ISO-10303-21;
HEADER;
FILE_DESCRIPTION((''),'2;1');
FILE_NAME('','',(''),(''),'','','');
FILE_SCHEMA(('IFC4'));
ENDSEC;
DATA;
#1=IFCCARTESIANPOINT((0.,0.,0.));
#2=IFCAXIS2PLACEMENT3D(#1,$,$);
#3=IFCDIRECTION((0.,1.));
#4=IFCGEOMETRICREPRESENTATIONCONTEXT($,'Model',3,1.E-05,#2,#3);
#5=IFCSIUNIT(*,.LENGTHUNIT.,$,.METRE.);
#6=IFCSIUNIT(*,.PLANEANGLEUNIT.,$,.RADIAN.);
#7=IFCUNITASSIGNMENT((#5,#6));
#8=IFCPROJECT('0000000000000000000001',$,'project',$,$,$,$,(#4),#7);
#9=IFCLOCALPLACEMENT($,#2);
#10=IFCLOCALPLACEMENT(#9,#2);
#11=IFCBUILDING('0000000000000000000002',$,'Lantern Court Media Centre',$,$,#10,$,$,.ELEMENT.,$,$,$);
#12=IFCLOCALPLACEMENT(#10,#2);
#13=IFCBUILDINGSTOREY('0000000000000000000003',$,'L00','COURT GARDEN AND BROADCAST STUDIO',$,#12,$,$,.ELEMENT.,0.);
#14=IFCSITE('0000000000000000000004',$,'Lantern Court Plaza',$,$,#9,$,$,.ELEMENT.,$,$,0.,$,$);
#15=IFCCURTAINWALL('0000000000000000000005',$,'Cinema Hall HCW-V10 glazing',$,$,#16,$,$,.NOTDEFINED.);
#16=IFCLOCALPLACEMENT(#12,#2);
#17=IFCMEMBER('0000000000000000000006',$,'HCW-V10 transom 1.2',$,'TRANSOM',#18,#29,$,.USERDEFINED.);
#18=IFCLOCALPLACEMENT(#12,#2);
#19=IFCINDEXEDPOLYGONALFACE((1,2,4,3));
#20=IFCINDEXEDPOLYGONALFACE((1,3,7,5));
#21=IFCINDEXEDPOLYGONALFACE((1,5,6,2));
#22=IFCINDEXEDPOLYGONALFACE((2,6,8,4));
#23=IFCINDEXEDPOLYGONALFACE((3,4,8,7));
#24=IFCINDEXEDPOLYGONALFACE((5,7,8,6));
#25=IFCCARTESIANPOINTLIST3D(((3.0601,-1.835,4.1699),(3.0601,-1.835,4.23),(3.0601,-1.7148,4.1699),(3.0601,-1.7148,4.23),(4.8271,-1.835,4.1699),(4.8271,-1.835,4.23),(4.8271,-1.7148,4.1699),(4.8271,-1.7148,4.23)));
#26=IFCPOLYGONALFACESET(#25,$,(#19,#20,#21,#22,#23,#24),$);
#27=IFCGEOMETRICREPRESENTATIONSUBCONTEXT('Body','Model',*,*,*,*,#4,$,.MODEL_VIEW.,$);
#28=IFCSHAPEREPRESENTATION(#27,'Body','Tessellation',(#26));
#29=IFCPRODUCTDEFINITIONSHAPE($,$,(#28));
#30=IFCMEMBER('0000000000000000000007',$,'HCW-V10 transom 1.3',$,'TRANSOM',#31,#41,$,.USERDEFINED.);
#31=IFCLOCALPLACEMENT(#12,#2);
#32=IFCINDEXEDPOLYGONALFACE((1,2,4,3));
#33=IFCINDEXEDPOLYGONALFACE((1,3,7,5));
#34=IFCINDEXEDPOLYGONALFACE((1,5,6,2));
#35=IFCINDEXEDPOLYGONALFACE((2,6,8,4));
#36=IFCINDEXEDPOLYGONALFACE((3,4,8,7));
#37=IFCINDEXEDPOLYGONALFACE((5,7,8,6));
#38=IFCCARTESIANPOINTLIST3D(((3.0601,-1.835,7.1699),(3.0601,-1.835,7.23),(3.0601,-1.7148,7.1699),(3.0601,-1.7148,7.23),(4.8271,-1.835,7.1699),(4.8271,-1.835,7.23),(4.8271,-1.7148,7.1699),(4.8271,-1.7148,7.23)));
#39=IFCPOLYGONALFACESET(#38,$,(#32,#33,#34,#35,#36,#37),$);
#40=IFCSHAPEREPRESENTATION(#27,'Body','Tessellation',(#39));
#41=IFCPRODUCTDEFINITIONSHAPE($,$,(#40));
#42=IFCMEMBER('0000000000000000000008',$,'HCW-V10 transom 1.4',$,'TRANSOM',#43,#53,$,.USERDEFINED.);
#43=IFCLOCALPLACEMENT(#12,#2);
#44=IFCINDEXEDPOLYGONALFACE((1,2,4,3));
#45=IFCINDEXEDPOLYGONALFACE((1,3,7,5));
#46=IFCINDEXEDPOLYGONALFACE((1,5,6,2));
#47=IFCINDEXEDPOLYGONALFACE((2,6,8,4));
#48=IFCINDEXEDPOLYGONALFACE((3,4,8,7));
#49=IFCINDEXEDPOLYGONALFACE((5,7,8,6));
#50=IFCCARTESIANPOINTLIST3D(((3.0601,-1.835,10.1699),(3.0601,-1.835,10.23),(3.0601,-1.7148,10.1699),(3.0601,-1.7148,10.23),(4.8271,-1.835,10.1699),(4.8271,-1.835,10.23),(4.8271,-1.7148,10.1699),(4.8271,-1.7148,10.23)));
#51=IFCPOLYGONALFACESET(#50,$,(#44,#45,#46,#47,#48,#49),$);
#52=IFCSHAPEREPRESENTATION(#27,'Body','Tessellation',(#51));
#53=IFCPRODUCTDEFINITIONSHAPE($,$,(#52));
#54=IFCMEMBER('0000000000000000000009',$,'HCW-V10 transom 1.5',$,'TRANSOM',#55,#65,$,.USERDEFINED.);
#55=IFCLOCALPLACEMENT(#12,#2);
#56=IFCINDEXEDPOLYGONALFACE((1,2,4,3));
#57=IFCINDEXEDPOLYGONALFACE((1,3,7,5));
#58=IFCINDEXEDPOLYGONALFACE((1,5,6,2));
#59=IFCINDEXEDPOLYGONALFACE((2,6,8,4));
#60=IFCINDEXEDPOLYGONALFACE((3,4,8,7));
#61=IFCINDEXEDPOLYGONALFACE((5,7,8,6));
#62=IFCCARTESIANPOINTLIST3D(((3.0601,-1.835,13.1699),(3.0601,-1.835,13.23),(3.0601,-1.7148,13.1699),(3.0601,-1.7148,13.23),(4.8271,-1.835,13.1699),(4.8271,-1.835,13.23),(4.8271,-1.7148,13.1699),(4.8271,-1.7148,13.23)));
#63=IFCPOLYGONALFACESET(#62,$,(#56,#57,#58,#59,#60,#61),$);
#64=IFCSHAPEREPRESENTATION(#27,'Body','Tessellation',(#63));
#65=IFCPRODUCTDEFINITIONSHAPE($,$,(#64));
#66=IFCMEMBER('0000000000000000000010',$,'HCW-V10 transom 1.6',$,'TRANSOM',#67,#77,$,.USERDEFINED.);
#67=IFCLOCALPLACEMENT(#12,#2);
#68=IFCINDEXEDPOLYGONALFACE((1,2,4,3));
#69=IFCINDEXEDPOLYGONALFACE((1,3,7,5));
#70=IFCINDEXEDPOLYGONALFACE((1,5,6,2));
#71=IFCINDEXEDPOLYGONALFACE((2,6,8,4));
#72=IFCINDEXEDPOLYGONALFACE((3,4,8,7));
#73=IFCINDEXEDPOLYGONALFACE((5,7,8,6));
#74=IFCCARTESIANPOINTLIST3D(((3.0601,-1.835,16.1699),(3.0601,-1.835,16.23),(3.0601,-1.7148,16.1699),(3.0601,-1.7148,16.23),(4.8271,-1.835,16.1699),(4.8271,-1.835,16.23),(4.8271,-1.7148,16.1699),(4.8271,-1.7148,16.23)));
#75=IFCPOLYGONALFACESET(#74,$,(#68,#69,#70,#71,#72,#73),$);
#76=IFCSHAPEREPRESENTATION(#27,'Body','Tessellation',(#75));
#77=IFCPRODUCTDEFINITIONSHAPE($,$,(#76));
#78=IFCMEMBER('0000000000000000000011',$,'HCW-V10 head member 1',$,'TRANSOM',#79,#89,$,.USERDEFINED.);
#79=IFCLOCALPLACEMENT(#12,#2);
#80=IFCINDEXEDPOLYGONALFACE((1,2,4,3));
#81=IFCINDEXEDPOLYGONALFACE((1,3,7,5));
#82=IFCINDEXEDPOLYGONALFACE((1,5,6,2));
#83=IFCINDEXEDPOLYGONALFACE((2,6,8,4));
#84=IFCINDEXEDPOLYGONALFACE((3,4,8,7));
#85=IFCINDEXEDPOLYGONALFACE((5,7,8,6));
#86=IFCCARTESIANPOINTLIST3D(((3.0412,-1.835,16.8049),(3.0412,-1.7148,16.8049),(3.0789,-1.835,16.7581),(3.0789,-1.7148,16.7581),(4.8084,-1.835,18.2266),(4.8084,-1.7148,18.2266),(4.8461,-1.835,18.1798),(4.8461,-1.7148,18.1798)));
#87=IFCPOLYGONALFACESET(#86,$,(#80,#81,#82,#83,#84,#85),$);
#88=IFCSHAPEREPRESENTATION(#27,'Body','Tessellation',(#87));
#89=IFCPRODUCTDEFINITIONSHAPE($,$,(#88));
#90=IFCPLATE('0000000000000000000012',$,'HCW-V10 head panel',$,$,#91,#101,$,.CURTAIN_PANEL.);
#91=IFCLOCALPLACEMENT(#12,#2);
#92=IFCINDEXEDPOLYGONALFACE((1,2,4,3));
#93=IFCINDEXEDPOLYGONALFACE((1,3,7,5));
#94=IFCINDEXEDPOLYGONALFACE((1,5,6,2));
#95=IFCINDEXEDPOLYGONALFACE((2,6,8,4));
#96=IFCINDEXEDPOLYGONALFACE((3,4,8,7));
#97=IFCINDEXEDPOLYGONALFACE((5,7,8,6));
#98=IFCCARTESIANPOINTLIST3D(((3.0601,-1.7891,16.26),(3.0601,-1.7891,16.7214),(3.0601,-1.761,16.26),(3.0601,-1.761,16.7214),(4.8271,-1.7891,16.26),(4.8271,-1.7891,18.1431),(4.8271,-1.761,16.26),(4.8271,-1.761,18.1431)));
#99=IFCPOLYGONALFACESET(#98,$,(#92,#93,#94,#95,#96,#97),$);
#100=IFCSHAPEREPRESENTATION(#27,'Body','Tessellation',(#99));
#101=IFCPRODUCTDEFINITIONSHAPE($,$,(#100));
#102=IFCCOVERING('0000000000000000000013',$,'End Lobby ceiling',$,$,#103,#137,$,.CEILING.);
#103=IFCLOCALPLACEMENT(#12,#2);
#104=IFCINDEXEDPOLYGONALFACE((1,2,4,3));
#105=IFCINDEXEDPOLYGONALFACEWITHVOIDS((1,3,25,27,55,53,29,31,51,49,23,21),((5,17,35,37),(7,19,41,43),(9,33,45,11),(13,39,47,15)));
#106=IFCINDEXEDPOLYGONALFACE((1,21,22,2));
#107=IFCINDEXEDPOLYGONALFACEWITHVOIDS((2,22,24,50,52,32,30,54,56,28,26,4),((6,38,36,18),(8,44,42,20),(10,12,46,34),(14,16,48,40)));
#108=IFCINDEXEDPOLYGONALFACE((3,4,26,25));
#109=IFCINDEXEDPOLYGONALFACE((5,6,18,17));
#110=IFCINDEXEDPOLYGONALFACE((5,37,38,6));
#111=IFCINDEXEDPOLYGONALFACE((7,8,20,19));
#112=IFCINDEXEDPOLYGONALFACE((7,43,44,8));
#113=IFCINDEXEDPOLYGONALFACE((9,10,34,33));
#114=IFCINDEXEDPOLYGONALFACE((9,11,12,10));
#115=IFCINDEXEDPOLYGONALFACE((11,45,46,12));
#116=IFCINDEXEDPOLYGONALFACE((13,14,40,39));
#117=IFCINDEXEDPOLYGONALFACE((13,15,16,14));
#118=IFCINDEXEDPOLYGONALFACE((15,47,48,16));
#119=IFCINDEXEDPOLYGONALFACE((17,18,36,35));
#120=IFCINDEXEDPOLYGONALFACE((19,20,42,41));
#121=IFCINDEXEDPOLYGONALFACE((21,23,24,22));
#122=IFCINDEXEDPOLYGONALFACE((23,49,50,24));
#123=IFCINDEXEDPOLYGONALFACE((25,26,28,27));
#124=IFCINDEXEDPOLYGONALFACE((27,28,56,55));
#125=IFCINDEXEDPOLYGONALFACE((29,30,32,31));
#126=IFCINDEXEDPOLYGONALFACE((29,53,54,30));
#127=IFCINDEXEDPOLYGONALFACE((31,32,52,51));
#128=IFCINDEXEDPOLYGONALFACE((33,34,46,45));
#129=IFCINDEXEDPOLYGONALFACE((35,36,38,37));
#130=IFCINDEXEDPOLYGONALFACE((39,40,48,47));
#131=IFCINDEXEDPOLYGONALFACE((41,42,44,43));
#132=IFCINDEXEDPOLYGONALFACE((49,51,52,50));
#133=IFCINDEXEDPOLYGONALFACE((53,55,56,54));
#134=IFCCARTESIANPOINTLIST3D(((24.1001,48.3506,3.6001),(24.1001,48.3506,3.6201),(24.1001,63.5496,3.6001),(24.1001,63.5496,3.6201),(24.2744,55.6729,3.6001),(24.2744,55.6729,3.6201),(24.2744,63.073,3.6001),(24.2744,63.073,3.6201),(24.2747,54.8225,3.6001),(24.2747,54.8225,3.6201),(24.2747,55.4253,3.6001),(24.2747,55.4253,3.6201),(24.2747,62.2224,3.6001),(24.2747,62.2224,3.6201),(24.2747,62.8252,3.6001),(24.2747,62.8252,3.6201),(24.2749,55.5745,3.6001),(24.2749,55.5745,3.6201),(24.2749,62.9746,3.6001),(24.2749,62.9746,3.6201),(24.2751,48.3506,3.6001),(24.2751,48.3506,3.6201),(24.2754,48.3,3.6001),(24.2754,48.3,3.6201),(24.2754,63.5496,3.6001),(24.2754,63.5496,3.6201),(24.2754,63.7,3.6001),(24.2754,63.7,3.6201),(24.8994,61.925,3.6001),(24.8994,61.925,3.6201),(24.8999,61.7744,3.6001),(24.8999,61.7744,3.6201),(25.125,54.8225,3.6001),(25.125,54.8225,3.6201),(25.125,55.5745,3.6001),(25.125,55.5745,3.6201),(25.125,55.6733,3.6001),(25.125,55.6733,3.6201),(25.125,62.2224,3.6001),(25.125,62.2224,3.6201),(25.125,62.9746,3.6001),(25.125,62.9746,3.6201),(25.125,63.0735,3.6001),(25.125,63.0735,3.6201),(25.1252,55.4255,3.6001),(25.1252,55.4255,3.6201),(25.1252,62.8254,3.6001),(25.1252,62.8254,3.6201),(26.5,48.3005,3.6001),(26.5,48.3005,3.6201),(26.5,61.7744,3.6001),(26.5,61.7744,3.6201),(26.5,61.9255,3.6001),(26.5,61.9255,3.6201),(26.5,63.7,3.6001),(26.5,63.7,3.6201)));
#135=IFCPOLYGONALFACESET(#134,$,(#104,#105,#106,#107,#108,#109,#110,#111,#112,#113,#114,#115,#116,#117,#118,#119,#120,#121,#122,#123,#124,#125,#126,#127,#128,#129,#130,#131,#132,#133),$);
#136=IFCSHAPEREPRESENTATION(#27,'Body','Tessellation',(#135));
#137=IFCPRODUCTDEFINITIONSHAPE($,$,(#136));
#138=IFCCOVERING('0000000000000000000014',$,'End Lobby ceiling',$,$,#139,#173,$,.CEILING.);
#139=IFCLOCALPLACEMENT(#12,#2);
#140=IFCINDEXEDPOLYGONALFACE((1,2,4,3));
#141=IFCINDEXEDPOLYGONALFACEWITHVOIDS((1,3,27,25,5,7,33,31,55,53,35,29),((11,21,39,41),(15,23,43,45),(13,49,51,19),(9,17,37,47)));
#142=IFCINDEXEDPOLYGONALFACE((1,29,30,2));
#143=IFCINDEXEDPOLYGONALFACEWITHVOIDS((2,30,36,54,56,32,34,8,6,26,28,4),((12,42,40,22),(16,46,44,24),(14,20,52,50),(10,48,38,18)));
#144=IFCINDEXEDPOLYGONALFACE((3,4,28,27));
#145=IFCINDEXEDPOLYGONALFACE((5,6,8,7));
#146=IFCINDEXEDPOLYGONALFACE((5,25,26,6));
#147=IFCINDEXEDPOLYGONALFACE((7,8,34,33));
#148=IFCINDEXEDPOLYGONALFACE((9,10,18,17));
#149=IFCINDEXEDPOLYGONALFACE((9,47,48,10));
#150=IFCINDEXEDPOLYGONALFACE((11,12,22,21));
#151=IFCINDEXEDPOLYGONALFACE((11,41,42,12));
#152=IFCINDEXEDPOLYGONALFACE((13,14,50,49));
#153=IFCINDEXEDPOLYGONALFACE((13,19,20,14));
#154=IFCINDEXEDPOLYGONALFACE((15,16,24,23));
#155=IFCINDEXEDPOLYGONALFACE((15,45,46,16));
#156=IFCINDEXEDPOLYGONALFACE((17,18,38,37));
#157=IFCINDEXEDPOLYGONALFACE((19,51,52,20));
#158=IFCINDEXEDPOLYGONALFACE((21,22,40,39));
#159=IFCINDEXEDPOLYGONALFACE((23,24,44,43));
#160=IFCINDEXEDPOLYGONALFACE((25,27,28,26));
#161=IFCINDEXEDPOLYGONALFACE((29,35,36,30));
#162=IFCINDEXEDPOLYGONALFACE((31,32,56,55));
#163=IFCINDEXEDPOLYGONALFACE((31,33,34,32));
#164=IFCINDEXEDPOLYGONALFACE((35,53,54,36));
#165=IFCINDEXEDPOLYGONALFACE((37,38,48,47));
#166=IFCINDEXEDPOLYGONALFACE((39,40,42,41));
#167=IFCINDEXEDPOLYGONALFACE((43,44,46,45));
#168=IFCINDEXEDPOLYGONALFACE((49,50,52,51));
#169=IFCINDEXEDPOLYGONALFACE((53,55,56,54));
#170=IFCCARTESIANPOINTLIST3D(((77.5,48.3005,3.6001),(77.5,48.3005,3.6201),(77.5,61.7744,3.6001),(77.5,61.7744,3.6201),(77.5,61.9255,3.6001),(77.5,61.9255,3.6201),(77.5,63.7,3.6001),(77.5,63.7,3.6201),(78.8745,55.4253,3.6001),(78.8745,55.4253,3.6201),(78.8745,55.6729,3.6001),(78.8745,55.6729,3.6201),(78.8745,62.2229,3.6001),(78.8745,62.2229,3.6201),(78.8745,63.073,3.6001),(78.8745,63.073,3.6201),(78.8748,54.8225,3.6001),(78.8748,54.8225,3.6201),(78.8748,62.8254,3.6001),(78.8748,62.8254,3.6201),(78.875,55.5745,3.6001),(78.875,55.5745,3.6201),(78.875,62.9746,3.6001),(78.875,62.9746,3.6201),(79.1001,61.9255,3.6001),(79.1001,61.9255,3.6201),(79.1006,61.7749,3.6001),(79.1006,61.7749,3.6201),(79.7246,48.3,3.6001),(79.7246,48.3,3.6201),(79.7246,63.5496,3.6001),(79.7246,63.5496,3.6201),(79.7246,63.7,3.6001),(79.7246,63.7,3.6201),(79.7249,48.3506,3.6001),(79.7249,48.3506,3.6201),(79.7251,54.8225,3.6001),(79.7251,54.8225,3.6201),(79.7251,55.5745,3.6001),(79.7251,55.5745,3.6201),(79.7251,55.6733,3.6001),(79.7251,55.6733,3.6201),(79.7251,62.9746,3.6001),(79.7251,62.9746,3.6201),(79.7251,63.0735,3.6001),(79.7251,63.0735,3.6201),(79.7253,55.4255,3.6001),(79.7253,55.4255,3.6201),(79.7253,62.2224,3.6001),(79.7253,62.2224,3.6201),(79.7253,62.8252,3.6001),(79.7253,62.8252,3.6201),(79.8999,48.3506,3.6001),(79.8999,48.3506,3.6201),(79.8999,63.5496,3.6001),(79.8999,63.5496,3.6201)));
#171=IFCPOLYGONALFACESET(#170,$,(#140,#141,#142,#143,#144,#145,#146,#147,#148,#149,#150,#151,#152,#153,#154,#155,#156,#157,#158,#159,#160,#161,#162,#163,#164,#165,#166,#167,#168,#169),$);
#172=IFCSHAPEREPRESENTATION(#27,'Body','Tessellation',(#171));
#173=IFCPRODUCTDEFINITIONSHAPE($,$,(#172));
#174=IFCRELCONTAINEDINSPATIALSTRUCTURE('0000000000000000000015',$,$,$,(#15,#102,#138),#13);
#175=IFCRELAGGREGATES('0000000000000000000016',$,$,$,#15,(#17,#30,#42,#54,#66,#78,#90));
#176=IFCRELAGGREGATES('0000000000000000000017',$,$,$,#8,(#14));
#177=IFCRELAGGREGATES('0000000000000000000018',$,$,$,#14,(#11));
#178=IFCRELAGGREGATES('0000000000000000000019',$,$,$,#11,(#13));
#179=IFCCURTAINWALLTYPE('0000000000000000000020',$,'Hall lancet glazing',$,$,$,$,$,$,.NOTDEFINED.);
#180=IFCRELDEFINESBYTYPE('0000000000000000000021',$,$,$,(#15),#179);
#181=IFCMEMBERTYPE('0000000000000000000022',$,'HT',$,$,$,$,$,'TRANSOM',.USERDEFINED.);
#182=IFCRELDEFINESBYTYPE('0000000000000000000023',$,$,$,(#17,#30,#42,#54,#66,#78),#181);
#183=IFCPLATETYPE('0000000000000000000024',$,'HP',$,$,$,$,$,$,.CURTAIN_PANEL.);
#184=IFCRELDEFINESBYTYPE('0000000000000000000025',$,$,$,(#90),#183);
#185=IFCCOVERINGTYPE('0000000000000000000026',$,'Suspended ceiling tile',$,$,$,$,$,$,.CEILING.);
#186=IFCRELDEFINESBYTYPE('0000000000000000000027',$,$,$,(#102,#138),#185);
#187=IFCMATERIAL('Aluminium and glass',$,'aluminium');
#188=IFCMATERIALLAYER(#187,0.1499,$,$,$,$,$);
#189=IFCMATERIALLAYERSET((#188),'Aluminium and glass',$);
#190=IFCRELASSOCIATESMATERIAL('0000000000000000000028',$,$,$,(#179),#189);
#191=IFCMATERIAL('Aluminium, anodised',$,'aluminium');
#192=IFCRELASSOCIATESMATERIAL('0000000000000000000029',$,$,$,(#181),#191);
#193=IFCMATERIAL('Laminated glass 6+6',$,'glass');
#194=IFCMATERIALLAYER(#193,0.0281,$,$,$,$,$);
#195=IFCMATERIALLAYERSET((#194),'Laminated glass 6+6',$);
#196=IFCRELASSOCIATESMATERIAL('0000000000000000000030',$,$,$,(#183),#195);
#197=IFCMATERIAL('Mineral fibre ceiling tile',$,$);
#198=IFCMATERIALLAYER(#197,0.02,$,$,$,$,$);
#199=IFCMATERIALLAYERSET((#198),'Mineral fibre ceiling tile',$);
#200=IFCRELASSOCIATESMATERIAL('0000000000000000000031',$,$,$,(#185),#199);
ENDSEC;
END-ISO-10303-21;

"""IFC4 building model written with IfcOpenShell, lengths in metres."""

from ifc_helpers import new_model, si_unit, direction, frame, origin, origin_2d, place, context, subcontext, project, spatial, polyline, rectangle, outline, extrude, material, layer, layer_set, material_profile, profile_set, type_object, element, aggregate, save


model = new_model("IFC4")

# Units and contexts
model_context = context("Model", 3, precision=1e-05, world=origin(), true_north=direction((0.0, 1.0)))
body_context = subcontext(model_context, "Body", "Model", "MODEL_VIEW")
ifc_project = project(units=[si_unit("LENGTHUNIT", "METRE"), si_unit("PLANEANGLEUNIT", "RADIAN")], contexts=[model_context])

# Site, building, storey
site_placement = place(None, origin())
site = spatial("IfcSite", under=ifc_project, at=site_placement, Name="Lantern Court Plaza", CompositionType="ELEMENT", RefElevation=0.0)
building_placement = place(site_placement, origin())
building = spatial("IfcBuilding", under=site, at=building_placement, Name="Lantern Court Media Centre", CompositionType="ELEMENT")
storey_placement = place(building_placement, origin())
storey = spatial("IfcBuildingStorey", under=building, at=storey_placement, Name="L00", Description="COURT GARDEN AND BROADCAST STUDIO", CompositionType="ELEMENT", Elevation=0.0)

# Curtain wall, members, plate
ifc_material_1 = material(Name="Aluminium and glass", Category="aluminium")
ifc_layer_1 = layer(ifc_material_1, 0.1499)
ifc_layer_set_1 = layer_set([ifc_layer_1], Name="Aluminium and glass")
curtain_wall_type = type_object("IfcCurtainWallType", Name="Hall lancet glazing", PredefinedType="NOTDEFINED", material=ifc_layer_set_1)
curtain_wall_placement = place(storey_placement, origin())
curtain_wall = element("IfcCurtainWall", 1, at=curtain_wall_placement, inside=storey, type_object=curtain_wall_type, Name="Cinema Hall HCW-V10 glazing", PredefinedType="NOTDEFINED")
ifc_material_2 = material(Name="Aluminium, anodised", Category="aluminium")
ifc_material_profile = material_profile(ifc_material_2, rectangle(XDim=0.1201, YDim=0.0601, at=origin_2d()), Name="HT")
ifc_profile_set = profile_set([ifc_material_profile], Name="Aluminium, anodised")
member_type = type_object("IfcMemberType", Name="HT", ElementType="TRANSOM", PredefinedType="USERDEFINED", material=ifc_profile_set)
member_1_placement = place(storey_placement, frame((3.0601, -1.7749, 4.2), z_axis=(1.0, 0.0, 0.0), x_axis=(0.0, 1.0, 0.0)))
member_1 = element("IfcMember", 2, at=member_1_placement, type_object=member_type, Name="HCW-V10 transom 1.2", ObjectType="TRANSOM", PredefinedType="USERDEFINED", context=body_context, shape_type="SweptSolid", body=[
    extrude(rectangle(XDim=0.1201, YDim=0.0601, at=origin_2d()), origin(), (0.0, 0.0, 1.0), 1.7671),
])
member_2_placement = place(storey_placement, frame((3.0601, -1.7749, 7.2), z_axis=(1.0, 0.0, 0.0), x_axis=(0.0, 1.0, 0.0)))
member_2 = element("IfcMember", 3, at=member_2_placement, type_object=member_type, Name="HCW-V10 transom 1.3", ObjectType="TRANSOM", PredefinedType="USERDEFINED", context=body_context, shape_type="SweptSolid", body=[
    extrude(rectangle(XDim=0.1201, YDim=0.0601, at=origin_2d()), origin(), (0.0, 0.0, 1.0), 1.7671),
])
member_3_placement = place(storey_placement, frame((3.0601, -1.7749, 10.2), z_axis=(1.0, 0.0, 0.0), x_axis=(0.0, 1.0, 0.0)))
member_3 = element("IfcMember", 4, at=member_3_placement, type_object=member_type, Name="HCW-V10 transom 1.4", ObjectType="TRANSOM", PredefinedType="USERDEFINED", context=body_context, shape_type="SweptSolid", body=[
    extrude(rectangle(XDim=0.1201, YDim=0.0601, at=origin_2d()), origin(), (0.0, 0.0, 1.0), 1.7671),
])
member_4_placement = place(storey_placement, frame((3.0601, -1.7749, 13.2), z_axis=(1.0, 0.0, 0.0), x_axis=(0.0, 1.0, 0.0)))
member_4 = element("IfcMember", 5, at=member_4_placement, type_object=member_type, Name="HCW-V10 transom 1.5", ObjectType="TRANSOM", PredefinedType="USERDEFINED", context=body_context, shape_type="SweptSolid", body=[
    extrude(rectangle(XDim=0.1201, YDim=0.0601, at=origin_2d()), origin(), (0.0, 0.0, 1.0), 1.7671),
])
member_5_placement = place(storey_placement, frame((3.0601, -1.7749, 16.2), z_axis=(1.0, 0.0, 0.0), x_axis=(0.0, 1.0, 0.0)))
member_5 = element("IfcMember", 6, at=member_5_placement, type_object=member_type, Name="HCW-V10 transom 1.6", ObjectType="TRANSOM", PredefinedType="USERDEFINED", context=body_context, shape_type="SweptSolid", body=[
    extrude(rectangle(XDim=0.1201, YDim=0.0601, at=origin_2d()), origin(), (0.0, 0.0, 1.0), 1.7671),
])
member_6_placement = place(storey_placement, frame((3.0601, -1.7749, 16.7815), z_axis=(0.779154, 0.0, 0.626833), x_axis=(0.0, 1.0, 0.0)))
member_6 = element("IfcMember", 7, at=member_6_placement, type_object=member_type, Name="HCW-V10 head member 1", ObjectType="TRANSOM", PredefinedType="USERDEFINED", context=body_context, shape_type="SweptSolid", body=[
    extrude(rectangle(XDim=0.1201, YDim=0.0601, at=origin_2d()), origin(), (0.0, 0.0, 1.0), 2.2681),
])
ifc_material_3 = material(Name="Laminated glass 6+6", Category="glass")
ifc_layer_2 = layer(ifc_material_3, 0.0281)
ifc_layer_set_2 = layer_set([ifc_layer_2], Name="Laminated glass 6+6")
plate_type = type_object("IfcPlateType", Name="HP", PredefinedType="CURTAIN_PANEL", material=ifc_layer_set_2)
plate_placement = place(storey_placement, frame((3.0601, -1.7891, 16.26), z_axis=(0.0, -1.0, 0.0), x_axis=(1.0, 0.0, 0.0)))
plate = element("IfcPlate", 8, at=plate_placement, type_object=plate_type, Name="HCW-V10 head panel", PredefinedType="CURTAIN_PANEL", context=body_context, shape_type="SweptSolid", body=[
    extrude(outline(polyline([(0.0, 0.0), (1.7671, 0.0), (1.7671, 1.8831), (0.0, 0.4614), (0.0, 0.0)])), origin(), (0.0, 0.0, -1.0), 0.0281),
])
aggregate(curtain_wall, [member_1, member_2, member_3, member_4, member_5, member_6, plate])

# Coverings
ifc_material_4 = material(Name="Mineral fibre ceiling tile")
ifc_layer_3 = layer(ifc_material_4, 0.02)
ifc_layer_set_3 = layer_set([ifc_layer_3], Name="Mineral fibre ceiling tile")
covering_type = type_object("IfcCoveringType", Name="Suspended ceiling tile", PredefinedType="CEILING", material=ifc_layer_set_3)
covering_1_placement = place(storey_placement, frame((0.0, 0.0, 3.6001)))
element("IfcCovering", 9, at=covering_1_placement, inside=storey, type_object=covering_type, Name="End Lobby ceiling", PredefinedType="CEILING", context=body_context, shape_type="SweptSolid", body=[
    extrude(outline(polyline([(26.5, 48.3005), (24.2754, 48.3), (24.2751, 48.3506), (24.1001, 48.3506), (24.1001, 63.5496), (24.2754, 63.5496), (24.2754, 63.7), (26.5, 63.7), (26.5, 61.9255), (24.8994, 61.925), (24.8999, 61.7744), (26.5, 61.7744), (26.5, 48.3005)]), holes=[polyline([(25.125, 54.8225), (25.1252, 55.4255), (24.2747, 55.4253), (24.2747, 54.8225), (25.125, 54.8225)]), polyline([(25.125, 62.2224), (25.1252, 62.8254), (24.2747, 62.8252), (24.2747, 62.2224), (25.125, 62.2224)]), polyline([(25.125, 62.9746), (25.125, 63.0735), (24.2744, 63.073), (24.2749, 62.9746), (25.125, 62.9746)]), polyline([(25.125, 55.5745), (25.125, 55.6733), (24.2744, 55.6729), (24.2749, 55.5745), (25.125, 55.5745)])]), origin(), (0.0, 0.0, 1.0), 0.02),
])
covering_2_placement = place(storey_placement, frame((0.0, 0.0, 3.6001)))
element("IfcCovering", 10, at=covering_2_placement, inside=storey, type_object=covering_type, Name="End Lobby ceiling", PredefinedType="CEILING", context=body_context, shape_type="SweptSolid", body=[
    extrude(outline(polyline([(79.8999, 48.3506), (79.7249, 48.3506), (79.7246, 48.3), (77.5, 48.3005), (77.5, 61.7744), (79.1006, 61.7749), (79.1001, 61.9255), (77.5, 61.9255), (77.5, 63.7), (79.7246, 63.7), (79.7246, 63.5496), (79.8999, 63.5496), (79.8999, 48.3506)]), holes=[polyline([(78.8745, 62.2229), (79.7253, 62.2224), (79.7253, 62.8252), (78.8748, 62.8254), (78.8745, 62.2229)]), polyline([(79.7251, 54.8225), (79.7253, 55.4255), (78.8745, 55.4253), (78.8748, 54.8225), (79.7251, 54.8225)]), polyline([(79.7251, 55.5745), (79.7251, 55.6733), (78.8745, 55.6729), (78.875, 55.5745), (79.7251, 55.5745)]), polyline([(79.7251, 62.9746), (79.7251, 63.0735), (78.8745, 63.073), (78.875, 62.9746), (79.7251, 62.9746)])]), origin(), (0.0, 0.0, 1.0), 0.02),
])

save(model, "model.ifc")
